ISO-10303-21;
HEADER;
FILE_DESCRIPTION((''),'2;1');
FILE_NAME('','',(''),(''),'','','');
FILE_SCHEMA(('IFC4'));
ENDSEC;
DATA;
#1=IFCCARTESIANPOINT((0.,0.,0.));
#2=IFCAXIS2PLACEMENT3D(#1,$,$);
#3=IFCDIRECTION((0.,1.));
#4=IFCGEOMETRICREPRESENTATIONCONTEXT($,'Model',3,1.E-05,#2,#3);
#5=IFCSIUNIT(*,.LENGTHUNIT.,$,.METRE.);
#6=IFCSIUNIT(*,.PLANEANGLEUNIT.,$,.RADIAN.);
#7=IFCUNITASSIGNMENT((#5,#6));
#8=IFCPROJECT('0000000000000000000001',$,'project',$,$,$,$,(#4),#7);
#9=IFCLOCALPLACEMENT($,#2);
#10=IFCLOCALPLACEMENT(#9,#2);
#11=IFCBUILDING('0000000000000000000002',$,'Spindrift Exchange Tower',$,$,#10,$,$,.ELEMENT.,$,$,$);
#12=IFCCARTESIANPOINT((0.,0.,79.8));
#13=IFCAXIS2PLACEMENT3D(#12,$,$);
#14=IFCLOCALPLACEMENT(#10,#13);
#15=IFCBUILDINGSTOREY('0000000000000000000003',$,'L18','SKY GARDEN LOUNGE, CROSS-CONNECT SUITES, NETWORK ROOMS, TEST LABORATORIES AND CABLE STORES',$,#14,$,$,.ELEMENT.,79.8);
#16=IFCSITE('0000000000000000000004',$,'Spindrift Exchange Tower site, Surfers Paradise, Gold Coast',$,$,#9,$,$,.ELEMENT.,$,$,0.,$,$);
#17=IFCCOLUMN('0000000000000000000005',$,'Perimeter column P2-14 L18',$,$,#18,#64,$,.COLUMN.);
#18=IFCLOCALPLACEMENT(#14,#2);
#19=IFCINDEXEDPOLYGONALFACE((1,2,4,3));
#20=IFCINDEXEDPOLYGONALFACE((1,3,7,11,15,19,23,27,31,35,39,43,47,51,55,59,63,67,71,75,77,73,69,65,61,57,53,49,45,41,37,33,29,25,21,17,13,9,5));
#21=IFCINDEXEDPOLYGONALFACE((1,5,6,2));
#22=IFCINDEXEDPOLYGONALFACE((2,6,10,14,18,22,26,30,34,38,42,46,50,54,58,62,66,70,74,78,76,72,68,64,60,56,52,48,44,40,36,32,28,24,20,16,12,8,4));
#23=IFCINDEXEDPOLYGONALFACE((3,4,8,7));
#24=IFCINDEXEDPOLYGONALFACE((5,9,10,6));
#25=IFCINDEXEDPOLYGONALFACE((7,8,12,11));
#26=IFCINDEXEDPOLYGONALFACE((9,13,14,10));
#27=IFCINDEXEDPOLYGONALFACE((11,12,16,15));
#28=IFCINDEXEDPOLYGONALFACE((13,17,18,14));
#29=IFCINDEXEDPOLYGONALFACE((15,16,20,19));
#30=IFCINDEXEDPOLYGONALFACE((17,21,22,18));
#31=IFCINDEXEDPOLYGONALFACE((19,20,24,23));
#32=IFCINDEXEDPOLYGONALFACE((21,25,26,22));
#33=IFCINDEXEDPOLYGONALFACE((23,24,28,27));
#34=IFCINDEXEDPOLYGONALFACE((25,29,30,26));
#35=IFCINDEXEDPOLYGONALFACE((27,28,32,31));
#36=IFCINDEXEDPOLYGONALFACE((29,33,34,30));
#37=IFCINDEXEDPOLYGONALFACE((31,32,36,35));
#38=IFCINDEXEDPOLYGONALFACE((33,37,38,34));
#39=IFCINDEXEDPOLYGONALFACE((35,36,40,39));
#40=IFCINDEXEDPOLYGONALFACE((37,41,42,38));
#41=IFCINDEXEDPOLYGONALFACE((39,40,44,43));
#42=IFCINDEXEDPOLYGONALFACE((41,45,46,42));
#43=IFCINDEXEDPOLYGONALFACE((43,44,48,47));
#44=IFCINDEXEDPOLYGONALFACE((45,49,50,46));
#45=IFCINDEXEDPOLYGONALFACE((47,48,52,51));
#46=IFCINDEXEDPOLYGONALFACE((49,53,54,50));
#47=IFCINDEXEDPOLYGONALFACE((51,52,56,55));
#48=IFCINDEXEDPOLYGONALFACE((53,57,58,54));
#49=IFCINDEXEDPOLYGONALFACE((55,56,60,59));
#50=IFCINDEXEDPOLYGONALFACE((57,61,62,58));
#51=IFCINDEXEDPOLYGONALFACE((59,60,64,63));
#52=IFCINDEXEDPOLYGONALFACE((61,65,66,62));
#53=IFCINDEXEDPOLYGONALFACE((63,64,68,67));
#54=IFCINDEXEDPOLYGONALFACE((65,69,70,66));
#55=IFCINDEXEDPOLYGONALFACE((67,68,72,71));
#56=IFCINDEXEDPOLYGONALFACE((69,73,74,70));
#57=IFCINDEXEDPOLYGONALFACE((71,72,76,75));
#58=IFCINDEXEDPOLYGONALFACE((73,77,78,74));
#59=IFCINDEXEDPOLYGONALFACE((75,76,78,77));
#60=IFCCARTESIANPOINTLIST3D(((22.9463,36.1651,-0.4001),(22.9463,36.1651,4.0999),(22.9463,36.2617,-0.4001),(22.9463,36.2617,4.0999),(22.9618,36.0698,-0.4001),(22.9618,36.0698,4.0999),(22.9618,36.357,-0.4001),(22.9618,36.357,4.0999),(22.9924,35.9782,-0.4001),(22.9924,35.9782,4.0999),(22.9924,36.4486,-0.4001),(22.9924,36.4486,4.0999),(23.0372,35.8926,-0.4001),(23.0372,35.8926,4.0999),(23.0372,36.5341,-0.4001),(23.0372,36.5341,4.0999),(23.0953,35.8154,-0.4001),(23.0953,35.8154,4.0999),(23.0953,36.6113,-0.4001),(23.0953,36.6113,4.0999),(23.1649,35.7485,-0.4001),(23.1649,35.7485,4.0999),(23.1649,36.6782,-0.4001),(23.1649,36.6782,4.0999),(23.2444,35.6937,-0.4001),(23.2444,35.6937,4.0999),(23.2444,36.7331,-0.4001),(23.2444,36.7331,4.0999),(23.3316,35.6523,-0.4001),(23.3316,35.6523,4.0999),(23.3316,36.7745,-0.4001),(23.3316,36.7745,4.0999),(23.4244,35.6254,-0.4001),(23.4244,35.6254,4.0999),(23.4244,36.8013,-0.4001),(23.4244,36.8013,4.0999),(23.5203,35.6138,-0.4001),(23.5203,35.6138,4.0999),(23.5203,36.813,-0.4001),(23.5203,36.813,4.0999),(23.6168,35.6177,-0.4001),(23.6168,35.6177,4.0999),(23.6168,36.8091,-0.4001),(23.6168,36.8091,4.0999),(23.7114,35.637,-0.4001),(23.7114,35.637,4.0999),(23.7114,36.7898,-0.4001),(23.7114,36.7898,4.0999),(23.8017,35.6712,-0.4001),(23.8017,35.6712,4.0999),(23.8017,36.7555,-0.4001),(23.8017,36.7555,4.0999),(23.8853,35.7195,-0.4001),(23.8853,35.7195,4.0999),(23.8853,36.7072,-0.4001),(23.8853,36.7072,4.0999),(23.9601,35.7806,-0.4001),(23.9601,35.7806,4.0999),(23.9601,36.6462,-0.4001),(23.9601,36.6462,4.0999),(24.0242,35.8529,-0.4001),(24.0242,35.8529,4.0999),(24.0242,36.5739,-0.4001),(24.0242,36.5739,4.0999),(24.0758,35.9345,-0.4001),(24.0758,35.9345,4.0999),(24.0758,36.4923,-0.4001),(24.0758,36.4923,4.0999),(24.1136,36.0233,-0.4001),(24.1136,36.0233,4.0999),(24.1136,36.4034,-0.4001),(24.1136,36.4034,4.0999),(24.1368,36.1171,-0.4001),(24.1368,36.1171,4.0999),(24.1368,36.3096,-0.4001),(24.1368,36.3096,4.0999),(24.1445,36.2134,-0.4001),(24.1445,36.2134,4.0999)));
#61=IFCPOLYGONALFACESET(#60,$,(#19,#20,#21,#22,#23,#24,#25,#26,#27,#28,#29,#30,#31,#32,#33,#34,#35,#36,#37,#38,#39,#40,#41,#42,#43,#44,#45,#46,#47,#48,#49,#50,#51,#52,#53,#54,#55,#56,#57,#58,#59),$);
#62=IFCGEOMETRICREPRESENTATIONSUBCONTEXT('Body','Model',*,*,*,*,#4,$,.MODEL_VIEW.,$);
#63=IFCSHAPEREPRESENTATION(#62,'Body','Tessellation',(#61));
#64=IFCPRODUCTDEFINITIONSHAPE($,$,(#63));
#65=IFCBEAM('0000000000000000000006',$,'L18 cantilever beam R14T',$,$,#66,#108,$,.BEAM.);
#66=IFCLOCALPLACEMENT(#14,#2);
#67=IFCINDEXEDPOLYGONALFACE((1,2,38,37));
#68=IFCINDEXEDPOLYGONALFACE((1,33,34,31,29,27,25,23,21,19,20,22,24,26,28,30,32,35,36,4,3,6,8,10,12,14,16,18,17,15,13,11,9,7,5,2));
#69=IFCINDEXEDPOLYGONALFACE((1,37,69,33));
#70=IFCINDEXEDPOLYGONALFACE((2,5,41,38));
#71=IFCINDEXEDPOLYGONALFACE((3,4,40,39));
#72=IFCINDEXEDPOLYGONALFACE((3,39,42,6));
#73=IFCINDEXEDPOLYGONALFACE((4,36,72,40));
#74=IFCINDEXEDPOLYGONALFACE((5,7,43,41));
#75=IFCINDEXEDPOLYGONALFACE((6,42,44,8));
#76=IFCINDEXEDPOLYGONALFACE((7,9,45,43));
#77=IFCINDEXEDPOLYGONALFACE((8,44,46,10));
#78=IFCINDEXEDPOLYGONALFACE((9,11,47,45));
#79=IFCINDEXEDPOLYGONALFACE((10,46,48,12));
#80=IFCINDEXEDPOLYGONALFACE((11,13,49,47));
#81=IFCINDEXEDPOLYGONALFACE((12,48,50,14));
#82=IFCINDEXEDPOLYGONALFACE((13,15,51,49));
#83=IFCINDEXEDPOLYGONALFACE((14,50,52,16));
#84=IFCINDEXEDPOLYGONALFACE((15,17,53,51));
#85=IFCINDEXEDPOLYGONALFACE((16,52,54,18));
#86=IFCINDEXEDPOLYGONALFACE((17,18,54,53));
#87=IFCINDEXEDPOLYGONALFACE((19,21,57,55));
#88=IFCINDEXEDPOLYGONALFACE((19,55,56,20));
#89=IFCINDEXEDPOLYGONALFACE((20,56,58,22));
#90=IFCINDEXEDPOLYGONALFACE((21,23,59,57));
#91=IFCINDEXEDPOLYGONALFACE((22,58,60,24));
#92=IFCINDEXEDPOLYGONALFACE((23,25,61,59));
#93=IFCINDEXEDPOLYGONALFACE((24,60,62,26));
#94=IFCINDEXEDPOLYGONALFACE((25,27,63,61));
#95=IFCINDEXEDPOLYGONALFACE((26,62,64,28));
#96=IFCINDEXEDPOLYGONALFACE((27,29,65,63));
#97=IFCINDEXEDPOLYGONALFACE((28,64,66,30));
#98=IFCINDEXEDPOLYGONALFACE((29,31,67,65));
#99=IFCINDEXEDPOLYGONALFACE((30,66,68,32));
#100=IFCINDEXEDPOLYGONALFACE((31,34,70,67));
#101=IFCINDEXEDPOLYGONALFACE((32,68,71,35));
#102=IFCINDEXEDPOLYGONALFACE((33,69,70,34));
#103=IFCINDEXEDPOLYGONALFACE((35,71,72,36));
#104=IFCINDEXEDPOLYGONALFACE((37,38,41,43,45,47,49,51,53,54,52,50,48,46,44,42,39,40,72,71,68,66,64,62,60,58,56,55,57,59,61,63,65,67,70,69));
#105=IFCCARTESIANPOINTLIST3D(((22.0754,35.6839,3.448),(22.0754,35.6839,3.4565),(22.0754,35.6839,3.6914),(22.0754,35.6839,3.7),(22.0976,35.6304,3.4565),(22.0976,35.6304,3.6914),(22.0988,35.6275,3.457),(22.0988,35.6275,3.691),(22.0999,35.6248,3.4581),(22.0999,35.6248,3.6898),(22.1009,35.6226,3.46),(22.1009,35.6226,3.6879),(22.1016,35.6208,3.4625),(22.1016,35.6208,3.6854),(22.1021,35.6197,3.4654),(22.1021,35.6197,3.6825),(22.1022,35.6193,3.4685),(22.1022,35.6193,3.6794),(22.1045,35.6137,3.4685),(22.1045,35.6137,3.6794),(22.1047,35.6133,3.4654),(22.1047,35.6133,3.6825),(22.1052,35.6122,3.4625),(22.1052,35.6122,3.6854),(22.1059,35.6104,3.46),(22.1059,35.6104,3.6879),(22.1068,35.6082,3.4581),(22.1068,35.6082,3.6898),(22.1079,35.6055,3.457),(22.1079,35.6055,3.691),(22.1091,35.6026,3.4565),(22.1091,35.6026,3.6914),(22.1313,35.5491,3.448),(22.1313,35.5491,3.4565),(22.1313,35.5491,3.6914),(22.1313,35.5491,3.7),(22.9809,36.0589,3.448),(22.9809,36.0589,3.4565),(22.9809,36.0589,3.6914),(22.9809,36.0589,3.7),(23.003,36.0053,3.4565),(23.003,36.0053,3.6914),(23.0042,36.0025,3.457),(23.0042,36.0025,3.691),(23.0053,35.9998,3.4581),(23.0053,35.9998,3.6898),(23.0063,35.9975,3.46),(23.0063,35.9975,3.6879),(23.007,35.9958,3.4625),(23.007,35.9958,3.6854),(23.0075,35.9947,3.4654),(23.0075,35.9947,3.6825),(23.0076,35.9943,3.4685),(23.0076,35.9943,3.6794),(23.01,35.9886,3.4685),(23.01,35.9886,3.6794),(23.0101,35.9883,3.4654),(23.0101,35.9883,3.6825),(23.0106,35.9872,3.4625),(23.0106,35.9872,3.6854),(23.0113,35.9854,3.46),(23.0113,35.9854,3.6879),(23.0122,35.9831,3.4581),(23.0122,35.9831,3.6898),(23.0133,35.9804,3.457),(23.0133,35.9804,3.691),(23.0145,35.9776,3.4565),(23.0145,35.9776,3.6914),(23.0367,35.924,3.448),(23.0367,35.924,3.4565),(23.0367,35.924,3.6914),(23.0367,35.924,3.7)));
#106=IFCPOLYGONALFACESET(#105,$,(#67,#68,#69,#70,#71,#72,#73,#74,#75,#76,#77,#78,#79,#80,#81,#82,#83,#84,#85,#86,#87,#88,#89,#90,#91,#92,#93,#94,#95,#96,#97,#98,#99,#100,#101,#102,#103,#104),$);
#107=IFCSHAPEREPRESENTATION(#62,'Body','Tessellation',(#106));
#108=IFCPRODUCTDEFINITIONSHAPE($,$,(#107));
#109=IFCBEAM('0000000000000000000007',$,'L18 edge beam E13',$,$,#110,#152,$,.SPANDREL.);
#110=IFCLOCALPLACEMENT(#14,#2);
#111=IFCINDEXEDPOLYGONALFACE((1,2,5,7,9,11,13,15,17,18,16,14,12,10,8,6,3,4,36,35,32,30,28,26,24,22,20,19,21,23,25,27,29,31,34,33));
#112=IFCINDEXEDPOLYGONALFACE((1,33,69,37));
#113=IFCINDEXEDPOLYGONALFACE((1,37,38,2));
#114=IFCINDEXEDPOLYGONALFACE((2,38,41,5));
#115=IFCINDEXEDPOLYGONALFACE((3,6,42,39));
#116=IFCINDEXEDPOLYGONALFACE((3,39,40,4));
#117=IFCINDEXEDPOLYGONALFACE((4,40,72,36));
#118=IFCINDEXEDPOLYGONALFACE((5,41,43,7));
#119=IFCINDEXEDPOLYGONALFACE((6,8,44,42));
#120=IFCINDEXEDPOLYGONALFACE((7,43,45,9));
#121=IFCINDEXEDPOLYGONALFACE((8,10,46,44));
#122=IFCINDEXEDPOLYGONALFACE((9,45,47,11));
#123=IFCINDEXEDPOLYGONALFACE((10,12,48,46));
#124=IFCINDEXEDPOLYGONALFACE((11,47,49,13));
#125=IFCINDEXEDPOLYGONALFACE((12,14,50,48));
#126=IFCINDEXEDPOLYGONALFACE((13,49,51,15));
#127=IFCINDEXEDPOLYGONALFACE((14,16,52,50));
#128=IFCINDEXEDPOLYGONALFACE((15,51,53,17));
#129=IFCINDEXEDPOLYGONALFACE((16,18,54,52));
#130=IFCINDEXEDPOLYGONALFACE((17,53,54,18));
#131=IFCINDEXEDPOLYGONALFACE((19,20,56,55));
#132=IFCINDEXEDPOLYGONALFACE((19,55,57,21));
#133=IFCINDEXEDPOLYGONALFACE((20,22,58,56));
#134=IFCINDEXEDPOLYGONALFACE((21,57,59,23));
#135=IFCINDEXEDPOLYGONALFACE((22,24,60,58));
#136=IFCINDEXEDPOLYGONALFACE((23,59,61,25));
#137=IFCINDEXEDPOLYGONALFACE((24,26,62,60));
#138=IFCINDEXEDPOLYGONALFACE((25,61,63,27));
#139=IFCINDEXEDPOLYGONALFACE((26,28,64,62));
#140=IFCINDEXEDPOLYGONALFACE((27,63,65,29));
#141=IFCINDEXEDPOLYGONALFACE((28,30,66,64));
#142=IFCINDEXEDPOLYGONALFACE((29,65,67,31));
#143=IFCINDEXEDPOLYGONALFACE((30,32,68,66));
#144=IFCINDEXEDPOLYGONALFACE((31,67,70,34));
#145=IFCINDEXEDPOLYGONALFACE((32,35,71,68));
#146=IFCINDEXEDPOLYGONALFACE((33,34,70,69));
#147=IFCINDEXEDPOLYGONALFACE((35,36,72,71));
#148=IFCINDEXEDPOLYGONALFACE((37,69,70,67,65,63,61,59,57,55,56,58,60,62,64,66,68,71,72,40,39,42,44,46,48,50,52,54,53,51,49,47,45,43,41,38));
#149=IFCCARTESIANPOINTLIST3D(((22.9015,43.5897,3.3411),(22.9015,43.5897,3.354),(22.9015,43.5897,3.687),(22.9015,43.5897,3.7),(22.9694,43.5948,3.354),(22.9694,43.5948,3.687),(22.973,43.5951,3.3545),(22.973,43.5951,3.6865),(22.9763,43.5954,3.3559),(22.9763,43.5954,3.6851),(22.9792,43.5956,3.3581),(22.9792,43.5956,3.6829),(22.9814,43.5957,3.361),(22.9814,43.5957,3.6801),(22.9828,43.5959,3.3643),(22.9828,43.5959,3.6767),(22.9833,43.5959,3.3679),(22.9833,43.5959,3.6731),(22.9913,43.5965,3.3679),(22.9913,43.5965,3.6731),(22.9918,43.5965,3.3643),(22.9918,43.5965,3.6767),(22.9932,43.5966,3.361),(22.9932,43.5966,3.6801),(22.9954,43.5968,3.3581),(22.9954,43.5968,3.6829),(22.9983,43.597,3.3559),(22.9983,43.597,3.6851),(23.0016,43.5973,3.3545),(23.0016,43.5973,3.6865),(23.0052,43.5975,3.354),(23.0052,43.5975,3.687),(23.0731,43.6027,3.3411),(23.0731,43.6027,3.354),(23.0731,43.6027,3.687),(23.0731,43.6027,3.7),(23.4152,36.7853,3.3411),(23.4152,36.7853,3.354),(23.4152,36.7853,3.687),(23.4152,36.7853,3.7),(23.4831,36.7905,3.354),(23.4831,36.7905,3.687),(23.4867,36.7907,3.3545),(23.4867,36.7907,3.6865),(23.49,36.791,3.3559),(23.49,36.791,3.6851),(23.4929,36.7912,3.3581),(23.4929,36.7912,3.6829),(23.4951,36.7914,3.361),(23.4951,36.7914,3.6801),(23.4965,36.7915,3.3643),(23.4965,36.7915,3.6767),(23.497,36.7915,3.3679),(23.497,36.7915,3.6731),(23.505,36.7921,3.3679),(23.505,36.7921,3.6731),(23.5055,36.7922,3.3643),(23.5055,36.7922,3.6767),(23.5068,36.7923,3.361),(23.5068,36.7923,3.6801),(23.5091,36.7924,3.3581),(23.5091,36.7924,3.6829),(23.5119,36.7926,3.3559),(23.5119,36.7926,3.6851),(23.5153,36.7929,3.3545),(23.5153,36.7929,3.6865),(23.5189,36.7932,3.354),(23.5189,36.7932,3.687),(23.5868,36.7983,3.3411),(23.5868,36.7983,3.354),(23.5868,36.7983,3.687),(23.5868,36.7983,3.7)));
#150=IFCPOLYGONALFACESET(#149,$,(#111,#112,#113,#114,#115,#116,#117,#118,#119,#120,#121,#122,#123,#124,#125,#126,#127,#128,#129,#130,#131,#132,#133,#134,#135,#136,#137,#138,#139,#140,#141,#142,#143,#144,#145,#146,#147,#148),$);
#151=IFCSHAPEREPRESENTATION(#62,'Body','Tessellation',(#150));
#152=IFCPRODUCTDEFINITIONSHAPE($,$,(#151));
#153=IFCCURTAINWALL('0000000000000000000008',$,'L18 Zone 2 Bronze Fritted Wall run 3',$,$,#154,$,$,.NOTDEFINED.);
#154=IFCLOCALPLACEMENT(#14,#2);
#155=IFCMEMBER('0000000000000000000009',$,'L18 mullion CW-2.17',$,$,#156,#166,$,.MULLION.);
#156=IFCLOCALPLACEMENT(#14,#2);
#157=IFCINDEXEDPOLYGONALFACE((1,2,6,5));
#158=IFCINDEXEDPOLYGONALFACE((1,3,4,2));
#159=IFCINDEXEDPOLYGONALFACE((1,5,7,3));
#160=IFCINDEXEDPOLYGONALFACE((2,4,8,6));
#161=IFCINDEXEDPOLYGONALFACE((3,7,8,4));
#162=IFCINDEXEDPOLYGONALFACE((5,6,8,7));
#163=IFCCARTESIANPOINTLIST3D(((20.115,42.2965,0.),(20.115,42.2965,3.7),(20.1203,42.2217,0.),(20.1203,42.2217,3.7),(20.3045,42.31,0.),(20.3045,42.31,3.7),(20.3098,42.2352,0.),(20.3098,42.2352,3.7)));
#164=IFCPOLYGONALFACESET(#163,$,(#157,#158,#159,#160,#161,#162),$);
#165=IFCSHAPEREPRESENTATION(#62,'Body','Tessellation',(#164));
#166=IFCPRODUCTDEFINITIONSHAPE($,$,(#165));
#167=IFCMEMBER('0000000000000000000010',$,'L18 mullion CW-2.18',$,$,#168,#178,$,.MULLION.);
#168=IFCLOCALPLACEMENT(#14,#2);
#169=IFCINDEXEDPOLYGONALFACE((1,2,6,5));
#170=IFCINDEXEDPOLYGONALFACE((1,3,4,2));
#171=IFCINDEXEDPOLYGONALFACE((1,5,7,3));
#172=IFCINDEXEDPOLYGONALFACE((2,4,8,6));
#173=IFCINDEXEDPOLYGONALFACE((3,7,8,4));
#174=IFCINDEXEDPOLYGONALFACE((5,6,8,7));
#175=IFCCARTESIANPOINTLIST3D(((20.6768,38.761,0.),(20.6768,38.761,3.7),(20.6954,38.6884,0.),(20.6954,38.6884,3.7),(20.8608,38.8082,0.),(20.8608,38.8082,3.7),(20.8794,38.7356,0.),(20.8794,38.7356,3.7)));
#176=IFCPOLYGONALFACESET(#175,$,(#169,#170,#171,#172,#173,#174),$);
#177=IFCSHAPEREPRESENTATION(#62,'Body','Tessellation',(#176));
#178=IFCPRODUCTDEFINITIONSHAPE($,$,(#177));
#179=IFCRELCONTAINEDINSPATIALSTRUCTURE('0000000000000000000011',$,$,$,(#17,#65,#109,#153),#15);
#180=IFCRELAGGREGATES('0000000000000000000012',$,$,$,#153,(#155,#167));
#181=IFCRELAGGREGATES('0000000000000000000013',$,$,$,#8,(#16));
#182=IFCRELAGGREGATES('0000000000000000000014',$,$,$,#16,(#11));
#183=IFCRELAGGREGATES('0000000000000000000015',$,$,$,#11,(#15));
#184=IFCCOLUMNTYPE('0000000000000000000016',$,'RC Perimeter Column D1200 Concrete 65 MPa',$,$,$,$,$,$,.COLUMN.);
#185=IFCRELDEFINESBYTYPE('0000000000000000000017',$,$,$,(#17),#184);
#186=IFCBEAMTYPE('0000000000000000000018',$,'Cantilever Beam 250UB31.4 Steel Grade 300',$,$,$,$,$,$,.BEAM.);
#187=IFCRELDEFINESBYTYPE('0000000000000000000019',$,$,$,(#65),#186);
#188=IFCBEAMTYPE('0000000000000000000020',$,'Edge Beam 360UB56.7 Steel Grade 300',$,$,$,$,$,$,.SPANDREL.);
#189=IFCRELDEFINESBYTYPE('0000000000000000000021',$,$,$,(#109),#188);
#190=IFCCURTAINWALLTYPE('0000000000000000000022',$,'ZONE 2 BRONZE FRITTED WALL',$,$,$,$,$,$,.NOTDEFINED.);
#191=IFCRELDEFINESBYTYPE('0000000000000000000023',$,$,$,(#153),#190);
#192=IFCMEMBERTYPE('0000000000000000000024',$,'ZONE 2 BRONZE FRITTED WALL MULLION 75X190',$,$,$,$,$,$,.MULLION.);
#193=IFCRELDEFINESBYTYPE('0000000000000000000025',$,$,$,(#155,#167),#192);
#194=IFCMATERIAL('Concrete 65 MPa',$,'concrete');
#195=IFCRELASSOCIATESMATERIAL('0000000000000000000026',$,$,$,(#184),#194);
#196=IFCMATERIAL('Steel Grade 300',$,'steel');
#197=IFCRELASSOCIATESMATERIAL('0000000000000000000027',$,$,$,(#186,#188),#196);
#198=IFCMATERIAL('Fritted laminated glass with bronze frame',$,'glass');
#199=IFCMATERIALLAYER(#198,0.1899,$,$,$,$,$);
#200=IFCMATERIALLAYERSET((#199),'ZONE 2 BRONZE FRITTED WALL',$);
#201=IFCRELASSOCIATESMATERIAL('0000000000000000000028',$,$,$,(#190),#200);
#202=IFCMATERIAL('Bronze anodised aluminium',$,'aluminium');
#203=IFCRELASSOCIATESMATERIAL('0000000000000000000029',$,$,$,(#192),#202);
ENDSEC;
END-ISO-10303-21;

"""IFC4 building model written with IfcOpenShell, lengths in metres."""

from ifc_helpers import new_model, si_unit, direction, frame, origin, origin_2d, place, context, subcontext, project, spatial, rectangle, circle, i_section, extrude, source, transform, mapped, material, layer, layer_set, material_profile, profile_set, type_object, element, aggregate, save


model = new_model("IFC4")

# Units and contexts
model_context = context("Model", 3, precision=1e-05, world=origin(), true_north=direction((0.0, 1.0)))
body_context = subcontext(model_context, "Body", "Model", "MODEL_VIEW")
ifc_project = project(units=[si_unit("LENGTHUNIT", "METRE"), si_unit("PLANEANGLEUNIT", "RADIAN")], contexts=[model_context])

# Site, building, storey
site_placement = place(None, origin())
site = spatial("IfcSite", under=ifc_project, at=site_placement, Name="Spindrift Exchange Tower site, Surfers Paradise, Gold Coast", CompositionType="ELEMENT", RefElevation=0.0)
building_placement = place(site_placement, origin())
building = spatial("IfcBuilding", under=site, at=building_placement, Name="Spindrift Exchange Tower", CompositionType="ELEMENT")
storey_placement = place(building_placement, frame((0.0, 0.0, 79.8)))
storey = spatial("IfcBuildingStorey", under=building, at=storey_placement, Name="L18", Description="SKY GARDEN LOUNGE, CROSS-CONNECT SUITES, NETWORK ROOMS, TEST LABORATORIES AND CABLE STORES", CompositionType="ELEMENT", Elevation=79.8)

# Column
ifc_material_1 = material(Name="Concrete 65 MPa", Category="concrete")
ifc_material_profile_1 = material_profile(ifc_material_1, circle(Radius=0.6001, at=origin_2d()), Name="RC D1200")
ifc_profile_set_1 = profile_set([ifc_material_profile_1], Name="Concrete 65 MPa")
column_type = type_object("IfcColumnType", Name="RC Perimeter Column D1200 Concrete 65 MPa", PredefinedType="COLUMN", material=ifc_profile_set_1)
shared_shape_1 = source(origin(), body_context, "Body", "SweptSolid", [
    extrude(circle(Radius=0.6001, at=origin_2d()), origin(), (0.0, 0.0, 1.0), 4.5),
])
column_placement = place(storey_placement, frame((23.5444, 36.2134, -0.4001), z_axis=(0.0, 0.0, 1.0), x_axis=(1.0, 0.0, 0.0)))
element("IfcColumn", 1, at=column_placement, inside=storey, type_object=column_type, Name="Perimeter column P2-14 L18", PredefinedType="COLUMN", context=body_context, shape_type="MappedRepresentation", body=[
    mapped(shared_shape_1, transform((0.0, 0.0, 0.0), scale=1.0)),
])

# Beams
ifc_material_2 = material(Name="Steel Grade 300", Category="steel")
ifc_material_profile_2 = material_profile(ifc_material_2, i_section(OverallWidth=0.146, OverallDepth=0.252, WebThickness=0.0061, FlangeThickness=0.0085, FilletRadius=0.012, at=origin_2d()), Name="250UB31.4")
ifc_profile_set_2 = profile_set([ifc_material_profile_2], Name="Steel Grade 300")
beam_type_1 = type_object("IfcBeamType", Name="Cantilever Beam 250UB31.4 Steel Grade 300", PredefinedType="BEAM", material=ifc_profile_set_2)
shared_shape_2 = source(origin(), body_context, "Body", "SweptSolid", [
    extrude(i_section(OverallWidth=0.146, OverallDepth=0.252, WebThickness=0.0061, FlangeThickness=0.0085, FilletRadius=0.012, at=origin_2d()), origin(), (0.0, 0.0, 1.0), 0.98),
])
beam_1_placement = place(storey_placement, frame((23.0088, 35.9915, 3.574), z_axis=(-0.923908, -0.382616, 0.0), x_axis=(0.382616, -0.923908, 0.0)))
element("IfcBeam", 2, at=beam_1_placement, inside=storey, type_object=beam_type_1, Name="L18 cantilever beam R14T", PredefinedType="BEAM", context=body_context, shape_type="MappedRepresentation", body=[
    mapped(shared_shape_2, transform((0.0, 0.0, 0.0), scale=1.0)),
])
ifc_material_profile_3 = material_profile(ifc_material_2, i_section(OverallWidth=0.1721, OverallDepth=0.3589, WebThickness=0.0081, FlangeThickness=0.0129, FilletRadius=0.0139, at=origin_2d()), Name="360UB56.7")
ifc_profile_set_3 = profile_set([ifc_material_profile_3], Name="Steel Grade 300")
beam_type_2 = type_object("IfcBeamType", Name="Edge Beam 360UB56.7 Steel Grade 300", PredefinedType="SPANDREL", material=ifc_profile_set_3)
shared_shape_3 = source(origin(), body_context, "Body", "SweptSolid", [
    extrude(i_section(OverallWidth=0.1721, OverallDepth=0.3589, WebThickness=0.0081, FlangeThickness=0.0129, FilletRadius=0.0139, at=origin_2d()), origin(), (0.0, 0.0, 1.0), 6.8237),
])
beam_2_placement = place(storey_placement, frame((22.9873, 43.5962, 3.5205), z_axis=(0.075276, -0.997163, 0.0), x_axis=(0.997163, 0.075276, 0.0)))
element("IfcBeam", 3, at=beam_2_placement, inside=storey, type_object=beam_type_2, Name="L18 edge beam E13", PredefinedType="SPANDREL", context=body_context, shape_type="MappedRepresentation", body=[
    mapped(shared_shape_3, transform((0.0, 0.0, 0.0), scale=1.0)),
])

# Curtain wall, members
ifc_material_3 = material(Name="Fritted laminated glass with bronze frame", Category="glass")
ifc_layer_1 = layer(ifc_material_3, 0.1899)
ifc_layer_set_1 = layer_set([ifc_layer_1], Name="ZONE 2 BRONZE FRITTED WALL")
curtain_wall_type = type_object("IfcCurtainWallType", Name="ZONE 2 BRONZE FRITTED WALL", PredefinedType="NOTDEFINED", material=ifc_layer_set_1)
curtain_wall_1_placement = place(storey_placement, origin())
curtain_wall_1 = element("IfcCurtainWall", 4, at=curtain_wall_1_placement, inside=storey, type_object=curtain_wall_type, Name="L18 Zone 2 Bronze Fritted Wall run 3", PredefinedType="NOTDEFINED")
ifc_material_4 = material(Name="Bronze anodised aluminium", Category="aluminium")
ifc_material_profile_4 = material_profile(ifc_material_4, rectangle(XDim=0.075, YDim=0.1899, at=origin_2d()), Name="ZONE 2 BRONZE FRITTED WALL MULLION 75X190")
ifc_profile_set_4 = profile_set([ifc_material_profile_4], Name="Bronze anodised aluminium")
member_type_1 = type_object("IfcMemberType", Name="ZONE 2 BRONZE FRITTED WALL MULLION 75X190", PredefinedType="MULLION", material=ifc_profile_set_4)
shared_shape_4 = source(origin(), body_context, "Body", "SweptSolid", [
    extrude(rectangle(XDim=0.075, YDim=0.1899, at=origin_2d()), origin(), (0.0, 0.0, 1.0), 3.7),
])
member_1_placement = place(storey_placement, frame((20.2124, 42.2659, 0.0), z_axis=(0.0, 0.0, 1.0), x_axis=(0.071176, -0.997464, 0.0)))
member_1 = element("IfcMember", 5, at=member_1_placement, type_object=member_type_1, Name="L18 mullion CW-2.17", PredefinedType="MULLION", context=body_context, shape_type="MappedRepresentation", body=[
    mapped(shared_shape_4, transform((0.0, 0.0, 0.0), scale=1.0)),
])
member_2_placement = place(storey_placement, frame((20.7781, 38.7483, 0.0), z_axis=(0.0, 0.0, 1.0), x_axis=(0.248484, -0.968636, 0.0)))
member_2 = element("IfcMember", 6, at=member_2_placement, type_object=member_type_1, Name="L18 mullion CW-2.18", PredefinedType="MULLION", context=body_context, shape_type="MappedRepresentation", body=[
    mapped(shared_shape_4, transform((0.0, 0.0, 0.0), scale=1.0)),
])

aggregate(curtain_wall_1, [member_1, member_2])

save(model, "model.ifc")
